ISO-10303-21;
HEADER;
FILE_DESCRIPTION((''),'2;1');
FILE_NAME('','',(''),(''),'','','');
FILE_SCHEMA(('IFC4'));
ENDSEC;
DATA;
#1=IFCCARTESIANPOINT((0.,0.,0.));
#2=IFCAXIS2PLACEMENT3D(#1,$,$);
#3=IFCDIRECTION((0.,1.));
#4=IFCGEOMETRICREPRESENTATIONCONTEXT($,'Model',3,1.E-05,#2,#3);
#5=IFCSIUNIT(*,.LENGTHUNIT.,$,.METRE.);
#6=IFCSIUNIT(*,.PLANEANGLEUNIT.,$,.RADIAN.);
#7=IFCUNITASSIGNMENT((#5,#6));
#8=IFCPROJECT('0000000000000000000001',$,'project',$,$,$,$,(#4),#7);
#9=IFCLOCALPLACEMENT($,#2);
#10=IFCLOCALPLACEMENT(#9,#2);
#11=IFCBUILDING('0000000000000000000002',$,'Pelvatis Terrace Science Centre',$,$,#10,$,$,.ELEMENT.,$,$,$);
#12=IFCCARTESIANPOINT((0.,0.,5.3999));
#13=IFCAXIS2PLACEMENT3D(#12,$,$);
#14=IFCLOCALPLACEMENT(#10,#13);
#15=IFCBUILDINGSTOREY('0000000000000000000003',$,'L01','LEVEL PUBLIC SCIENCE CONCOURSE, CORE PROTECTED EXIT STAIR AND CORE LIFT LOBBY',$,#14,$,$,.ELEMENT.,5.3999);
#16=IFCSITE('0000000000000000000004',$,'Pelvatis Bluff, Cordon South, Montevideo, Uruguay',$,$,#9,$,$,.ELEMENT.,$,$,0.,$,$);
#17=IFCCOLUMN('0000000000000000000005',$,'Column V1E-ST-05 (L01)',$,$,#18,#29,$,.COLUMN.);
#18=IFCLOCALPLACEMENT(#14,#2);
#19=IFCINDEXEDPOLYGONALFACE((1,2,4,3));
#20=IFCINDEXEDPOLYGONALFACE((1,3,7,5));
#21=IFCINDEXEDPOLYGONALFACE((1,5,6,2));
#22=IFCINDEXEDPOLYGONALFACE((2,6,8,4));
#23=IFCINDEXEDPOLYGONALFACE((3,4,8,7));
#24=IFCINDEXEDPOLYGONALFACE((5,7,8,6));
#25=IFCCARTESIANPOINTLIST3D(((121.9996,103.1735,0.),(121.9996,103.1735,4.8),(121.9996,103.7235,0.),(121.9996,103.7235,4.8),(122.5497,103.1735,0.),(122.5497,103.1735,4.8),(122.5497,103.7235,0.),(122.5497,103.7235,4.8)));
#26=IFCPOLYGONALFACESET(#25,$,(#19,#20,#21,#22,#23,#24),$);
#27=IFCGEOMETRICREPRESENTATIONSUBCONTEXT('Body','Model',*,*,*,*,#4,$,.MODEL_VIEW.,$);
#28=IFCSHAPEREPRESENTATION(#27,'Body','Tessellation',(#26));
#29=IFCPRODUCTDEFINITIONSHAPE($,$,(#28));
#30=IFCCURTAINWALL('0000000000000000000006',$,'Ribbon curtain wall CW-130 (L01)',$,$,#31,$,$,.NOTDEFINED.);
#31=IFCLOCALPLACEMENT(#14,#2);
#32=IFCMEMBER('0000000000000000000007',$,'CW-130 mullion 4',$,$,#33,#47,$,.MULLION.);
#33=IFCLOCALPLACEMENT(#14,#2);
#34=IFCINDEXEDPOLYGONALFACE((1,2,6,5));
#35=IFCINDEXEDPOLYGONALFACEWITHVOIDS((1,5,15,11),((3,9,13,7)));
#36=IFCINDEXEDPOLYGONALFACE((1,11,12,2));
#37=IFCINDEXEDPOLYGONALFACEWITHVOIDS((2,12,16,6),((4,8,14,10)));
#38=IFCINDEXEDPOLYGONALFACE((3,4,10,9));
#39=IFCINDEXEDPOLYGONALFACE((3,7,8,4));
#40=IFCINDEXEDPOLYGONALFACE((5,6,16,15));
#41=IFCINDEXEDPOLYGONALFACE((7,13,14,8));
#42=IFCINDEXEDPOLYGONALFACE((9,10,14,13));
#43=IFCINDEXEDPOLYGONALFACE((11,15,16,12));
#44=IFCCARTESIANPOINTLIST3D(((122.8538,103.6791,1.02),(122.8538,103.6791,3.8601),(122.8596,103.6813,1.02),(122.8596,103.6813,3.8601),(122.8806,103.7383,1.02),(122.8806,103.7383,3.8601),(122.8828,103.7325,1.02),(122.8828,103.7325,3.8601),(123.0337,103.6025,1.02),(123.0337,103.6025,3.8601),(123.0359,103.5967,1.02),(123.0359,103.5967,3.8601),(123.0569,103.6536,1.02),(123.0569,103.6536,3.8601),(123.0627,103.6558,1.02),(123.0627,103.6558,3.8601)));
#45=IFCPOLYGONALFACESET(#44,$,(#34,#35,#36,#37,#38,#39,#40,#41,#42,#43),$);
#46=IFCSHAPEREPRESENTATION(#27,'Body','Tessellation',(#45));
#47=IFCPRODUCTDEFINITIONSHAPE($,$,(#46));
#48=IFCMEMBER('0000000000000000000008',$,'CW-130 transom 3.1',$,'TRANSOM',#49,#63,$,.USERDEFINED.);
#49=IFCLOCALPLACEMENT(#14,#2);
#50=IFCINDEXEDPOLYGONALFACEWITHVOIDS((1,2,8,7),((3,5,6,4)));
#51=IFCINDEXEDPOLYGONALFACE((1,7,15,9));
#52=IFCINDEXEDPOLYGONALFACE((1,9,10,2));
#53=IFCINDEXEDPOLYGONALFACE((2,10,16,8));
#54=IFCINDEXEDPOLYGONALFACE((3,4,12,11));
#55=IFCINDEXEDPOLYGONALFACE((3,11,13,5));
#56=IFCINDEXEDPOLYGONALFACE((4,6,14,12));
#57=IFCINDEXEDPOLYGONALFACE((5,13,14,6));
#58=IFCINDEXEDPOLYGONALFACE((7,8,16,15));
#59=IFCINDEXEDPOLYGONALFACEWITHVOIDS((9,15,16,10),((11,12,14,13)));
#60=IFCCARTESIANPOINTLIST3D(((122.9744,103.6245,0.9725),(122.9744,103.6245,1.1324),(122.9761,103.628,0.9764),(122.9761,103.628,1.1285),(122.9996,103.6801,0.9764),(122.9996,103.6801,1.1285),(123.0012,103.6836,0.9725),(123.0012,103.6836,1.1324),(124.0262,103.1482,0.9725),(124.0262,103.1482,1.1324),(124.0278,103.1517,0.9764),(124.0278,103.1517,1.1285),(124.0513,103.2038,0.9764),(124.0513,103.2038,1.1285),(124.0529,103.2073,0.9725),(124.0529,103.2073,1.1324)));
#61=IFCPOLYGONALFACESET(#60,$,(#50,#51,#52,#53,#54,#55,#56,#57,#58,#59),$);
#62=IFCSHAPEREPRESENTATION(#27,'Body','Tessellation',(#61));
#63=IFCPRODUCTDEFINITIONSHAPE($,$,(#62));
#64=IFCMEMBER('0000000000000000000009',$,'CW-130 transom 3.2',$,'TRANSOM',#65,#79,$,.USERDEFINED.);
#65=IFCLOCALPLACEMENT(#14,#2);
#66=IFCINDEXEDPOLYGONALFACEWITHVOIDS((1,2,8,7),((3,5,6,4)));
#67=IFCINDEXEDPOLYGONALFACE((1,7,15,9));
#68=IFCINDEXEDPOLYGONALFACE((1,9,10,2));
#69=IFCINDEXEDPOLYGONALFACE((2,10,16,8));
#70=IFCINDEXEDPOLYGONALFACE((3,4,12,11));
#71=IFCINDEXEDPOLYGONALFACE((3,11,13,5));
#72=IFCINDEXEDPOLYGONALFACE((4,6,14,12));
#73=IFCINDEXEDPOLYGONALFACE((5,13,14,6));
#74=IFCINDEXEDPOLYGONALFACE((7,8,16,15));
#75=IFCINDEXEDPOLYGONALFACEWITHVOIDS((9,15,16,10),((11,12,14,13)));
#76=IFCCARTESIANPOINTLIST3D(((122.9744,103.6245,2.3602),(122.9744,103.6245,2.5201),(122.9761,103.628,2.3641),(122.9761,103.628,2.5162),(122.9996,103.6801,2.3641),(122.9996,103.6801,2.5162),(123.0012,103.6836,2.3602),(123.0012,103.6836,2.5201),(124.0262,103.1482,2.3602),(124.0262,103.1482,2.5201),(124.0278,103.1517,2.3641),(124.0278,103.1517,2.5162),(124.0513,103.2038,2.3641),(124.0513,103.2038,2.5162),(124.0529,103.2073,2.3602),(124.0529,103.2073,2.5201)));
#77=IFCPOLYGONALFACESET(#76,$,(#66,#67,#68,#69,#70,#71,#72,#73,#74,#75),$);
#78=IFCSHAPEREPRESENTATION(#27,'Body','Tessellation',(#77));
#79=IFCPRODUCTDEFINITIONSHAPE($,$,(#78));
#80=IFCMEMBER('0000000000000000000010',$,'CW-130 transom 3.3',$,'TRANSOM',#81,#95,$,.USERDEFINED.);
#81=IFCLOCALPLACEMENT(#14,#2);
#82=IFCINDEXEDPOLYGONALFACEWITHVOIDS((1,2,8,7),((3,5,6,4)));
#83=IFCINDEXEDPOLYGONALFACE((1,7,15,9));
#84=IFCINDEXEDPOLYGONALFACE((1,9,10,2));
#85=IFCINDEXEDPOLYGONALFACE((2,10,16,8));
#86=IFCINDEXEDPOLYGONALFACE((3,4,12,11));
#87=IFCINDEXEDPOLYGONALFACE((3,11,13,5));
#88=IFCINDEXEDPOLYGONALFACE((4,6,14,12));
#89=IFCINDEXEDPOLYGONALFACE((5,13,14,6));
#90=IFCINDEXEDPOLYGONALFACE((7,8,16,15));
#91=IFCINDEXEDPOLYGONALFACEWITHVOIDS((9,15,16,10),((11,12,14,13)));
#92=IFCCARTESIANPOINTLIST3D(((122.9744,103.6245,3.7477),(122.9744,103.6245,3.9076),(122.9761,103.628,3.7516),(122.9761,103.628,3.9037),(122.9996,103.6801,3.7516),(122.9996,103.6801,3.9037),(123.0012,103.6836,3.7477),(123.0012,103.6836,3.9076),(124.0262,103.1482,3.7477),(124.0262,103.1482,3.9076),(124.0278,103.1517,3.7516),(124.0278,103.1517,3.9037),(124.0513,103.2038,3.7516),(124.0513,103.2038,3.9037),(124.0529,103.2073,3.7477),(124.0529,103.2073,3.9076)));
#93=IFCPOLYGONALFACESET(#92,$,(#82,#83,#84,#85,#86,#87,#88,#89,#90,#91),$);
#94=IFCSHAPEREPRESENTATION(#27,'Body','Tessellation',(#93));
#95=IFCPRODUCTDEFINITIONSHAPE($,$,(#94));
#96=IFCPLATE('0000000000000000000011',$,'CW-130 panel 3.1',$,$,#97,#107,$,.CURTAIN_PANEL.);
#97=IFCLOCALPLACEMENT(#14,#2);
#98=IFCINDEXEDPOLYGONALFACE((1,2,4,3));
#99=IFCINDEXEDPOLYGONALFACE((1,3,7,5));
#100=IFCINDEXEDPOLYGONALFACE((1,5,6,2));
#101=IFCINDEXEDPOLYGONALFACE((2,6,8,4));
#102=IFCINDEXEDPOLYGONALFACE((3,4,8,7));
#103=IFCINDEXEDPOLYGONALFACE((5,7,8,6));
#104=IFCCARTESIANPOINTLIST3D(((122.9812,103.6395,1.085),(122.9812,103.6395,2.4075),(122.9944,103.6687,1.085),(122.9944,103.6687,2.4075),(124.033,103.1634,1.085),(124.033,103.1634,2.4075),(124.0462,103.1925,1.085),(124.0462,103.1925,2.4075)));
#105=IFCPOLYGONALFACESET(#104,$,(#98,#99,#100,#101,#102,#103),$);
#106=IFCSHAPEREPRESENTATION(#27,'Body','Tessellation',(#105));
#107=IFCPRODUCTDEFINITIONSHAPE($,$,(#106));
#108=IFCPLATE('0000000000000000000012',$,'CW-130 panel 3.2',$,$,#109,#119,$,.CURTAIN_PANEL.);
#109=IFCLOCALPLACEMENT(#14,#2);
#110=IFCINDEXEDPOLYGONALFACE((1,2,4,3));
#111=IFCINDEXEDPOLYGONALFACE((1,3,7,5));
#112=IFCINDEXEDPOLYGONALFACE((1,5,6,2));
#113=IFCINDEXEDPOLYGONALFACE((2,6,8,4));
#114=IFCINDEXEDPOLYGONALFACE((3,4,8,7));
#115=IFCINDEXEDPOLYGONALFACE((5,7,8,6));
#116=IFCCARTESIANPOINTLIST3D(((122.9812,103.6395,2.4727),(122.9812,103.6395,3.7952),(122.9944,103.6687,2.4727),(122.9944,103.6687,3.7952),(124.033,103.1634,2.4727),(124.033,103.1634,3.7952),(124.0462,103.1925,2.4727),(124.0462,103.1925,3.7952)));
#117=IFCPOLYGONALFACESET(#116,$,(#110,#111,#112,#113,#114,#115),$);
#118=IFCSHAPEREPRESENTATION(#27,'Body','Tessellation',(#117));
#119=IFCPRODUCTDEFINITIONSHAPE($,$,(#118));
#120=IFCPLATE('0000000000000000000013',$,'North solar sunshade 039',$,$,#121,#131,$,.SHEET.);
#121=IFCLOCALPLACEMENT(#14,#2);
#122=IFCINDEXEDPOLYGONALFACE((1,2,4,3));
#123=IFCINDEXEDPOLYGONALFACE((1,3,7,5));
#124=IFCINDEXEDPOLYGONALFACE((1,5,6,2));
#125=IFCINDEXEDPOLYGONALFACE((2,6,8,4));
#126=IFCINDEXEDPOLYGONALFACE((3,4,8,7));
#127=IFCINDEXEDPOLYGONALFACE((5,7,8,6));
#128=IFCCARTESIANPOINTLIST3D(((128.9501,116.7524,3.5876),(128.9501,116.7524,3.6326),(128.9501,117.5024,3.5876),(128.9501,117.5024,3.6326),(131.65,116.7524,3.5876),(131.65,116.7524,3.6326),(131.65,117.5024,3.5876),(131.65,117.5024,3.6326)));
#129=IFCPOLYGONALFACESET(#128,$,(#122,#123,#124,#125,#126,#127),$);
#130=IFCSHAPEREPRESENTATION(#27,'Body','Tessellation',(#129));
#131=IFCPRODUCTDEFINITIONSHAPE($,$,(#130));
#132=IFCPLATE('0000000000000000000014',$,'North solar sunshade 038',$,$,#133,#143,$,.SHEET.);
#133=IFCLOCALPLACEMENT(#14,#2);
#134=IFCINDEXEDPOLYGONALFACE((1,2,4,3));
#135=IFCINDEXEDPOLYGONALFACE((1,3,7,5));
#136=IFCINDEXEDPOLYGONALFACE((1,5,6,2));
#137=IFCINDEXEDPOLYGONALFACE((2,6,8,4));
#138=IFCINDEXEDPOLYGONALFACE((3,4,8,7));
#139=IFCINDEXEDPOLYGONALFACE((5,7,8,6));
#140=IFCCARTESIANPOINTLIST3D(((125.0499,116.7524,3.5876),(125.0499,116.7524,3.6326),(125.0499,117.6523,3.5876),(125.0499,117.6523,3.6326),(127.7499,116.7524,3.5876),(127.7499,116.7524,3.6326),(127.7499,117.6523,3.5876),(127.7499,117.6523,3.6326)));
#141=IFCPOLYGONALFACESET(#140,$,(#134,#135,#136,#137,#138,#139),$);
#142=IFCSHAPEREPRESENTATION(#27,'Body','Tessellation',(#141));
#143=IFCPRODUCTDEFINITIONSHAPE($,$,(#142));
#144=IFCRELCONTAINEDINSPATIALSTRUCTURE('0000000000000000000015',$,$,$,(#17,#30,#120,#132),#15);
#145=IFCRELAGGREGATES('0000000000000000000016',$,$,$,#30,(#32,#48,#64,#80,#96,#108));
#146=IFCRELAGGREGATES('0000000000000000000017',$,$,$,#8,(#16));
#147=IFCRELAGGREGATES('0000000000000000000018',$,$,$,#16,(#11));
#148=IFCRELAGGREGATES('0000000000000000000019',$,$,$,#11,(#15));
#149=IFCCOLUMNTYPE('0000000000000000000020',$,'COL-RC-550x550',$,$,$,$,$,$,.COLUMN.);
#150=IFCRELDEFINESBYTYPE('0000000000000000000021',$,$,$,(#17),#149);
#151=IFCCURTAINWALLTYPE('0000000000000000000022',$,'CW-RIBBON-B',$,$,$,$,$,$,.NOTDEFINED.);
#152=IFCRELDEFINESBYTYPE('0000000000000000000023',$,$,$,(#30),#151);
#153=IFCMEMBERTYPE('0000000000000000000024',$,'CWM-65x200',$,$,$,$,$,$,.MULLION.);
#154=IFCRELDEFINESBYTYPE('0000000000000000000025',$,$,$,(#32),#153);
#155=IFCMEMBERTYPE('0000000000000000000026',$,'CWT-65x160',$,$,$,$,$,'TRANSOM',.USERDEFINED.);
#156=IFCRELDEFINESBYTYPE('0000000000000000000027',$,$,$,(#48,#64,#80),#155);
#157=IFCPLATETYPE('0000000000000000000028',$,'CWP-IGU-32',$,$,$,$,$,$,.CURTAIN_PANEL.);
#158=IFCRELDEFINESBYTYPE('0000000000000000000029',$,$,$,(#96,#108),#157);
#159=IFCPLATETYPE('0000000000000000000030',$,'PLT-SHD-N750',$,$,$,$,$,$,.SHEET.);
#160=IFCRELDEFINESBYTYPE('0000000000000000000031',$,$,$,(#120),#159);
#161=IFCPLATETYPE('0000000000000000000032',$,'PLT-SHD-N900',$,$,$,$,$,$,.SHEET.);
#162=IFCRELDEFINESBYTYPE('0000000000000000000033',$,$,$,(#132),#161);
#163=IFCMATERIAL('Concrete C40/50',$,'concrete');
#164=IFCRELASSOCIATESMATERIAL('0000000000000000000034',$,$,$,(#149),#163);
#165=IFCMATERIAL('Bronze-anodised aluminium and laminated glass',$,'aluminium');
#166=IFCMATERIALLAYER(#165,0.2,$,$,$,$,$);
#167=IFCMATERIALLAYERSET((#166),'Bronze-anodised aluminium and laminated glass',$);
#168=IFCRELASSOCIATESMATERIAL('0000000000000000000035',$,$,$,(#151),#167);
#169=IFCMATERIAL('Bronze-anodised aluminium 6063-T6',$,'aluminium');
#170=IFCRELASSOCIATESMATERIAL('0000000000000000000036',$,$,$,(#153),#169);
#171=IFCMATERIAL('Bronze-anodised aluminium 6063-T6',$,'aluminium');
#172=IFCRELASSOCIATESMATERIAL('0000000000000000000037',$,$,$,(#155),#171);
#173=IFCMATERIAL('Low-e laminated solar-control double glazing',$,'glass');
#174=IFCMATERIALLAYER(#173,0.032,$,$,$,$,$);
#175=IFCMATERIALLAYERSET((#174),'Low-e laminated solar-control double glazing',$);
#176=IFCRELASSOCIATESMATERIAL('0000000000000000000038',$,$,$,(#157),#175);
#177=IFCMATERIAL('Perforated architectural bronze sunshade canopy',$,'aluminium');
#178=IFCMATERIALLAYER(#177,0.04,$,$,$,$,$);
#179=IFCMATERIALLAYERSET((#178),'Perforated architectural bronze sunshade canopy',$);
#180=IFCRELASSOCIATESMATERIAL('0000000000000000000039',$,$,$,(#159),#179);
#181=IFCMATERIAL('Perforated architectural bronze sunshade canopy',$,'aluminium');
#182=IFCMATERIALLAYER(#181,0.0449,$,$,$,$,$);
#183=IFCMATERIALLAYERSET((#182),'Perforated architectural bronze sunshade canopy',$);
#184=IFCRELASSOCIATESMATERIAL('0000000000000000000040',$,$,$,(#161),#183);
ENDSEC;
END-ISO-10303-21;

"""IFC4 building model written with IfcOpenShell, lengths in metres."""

from ifc_helpers import new_model, si_unit, direction, frame, origin, origin_2d, place, context, subcontext, project, spatial, rectangle, hollow_rectangle, extrude, material, layer, layer_set, material_profile, profile_set, type_object, element, aggregate, save


model = new_model("IFC4")

# Units and contexts
model_context = context("Model", 3, precision=1e-05, world=origin(), true_north=direction((0.0, 1.0)))
body_context = subcontext(model_context, "Body", "Model", "MODEL_VIEW")
ifc_project = project(units=[si_unit("LENGTHUNIT", "METRE"), si_unit("PLANEANGLEUNIT", "RADIAN")], contexts=[model_context])

# Site, building, storey
site_placement = place(None, origin())
site = spatial("IfcSite", under=ifc_project, at=site_placement, Name="Pelvatis Bluff, Cordon South, Montevideo, Uruguay", CompositionType="ELEMENT", RefElevation=0.0)
building_placement = place(site_placement, origin())
building = spatial("IfcBuilding", under=site, at=building_placement, Name="Pelvatis Terrace Science Centre", CompositionType="ELEMENT")
storey_placement = place(building_placement, frame((0.0, 0.0, 5.3999)))
storey = spatial("IfcBuildingStorey", under=building, at=storey_placement, Name="L01", Description="LEVEL PUBLIC SCIENCE CONCOURSE, CORE PROTECTED EXIT STAIR AND CORE LIFT LOBBY", CompositionType="ELEMENT", Elevation=5.3999)

# Column
ifc_material_1 = material(Name="Concrete C40/50", Category="concrete")
ifc_material_profile_1 = material_profile(ifc_material_1, rectangle(XDim=0.55, YDim=0.55, at=origin_2d()), Name="RC-COL 550x550")
ifc_profile_set_1 = profile_set([ifc_material_profile_1], Name="Concrete C40/50")
column_type = type_object("IfcColumnType", Name="COL-RC-550x550", PredefinedType="COLUMN", material=ifc_profile_set_1)
column_placement = place(storey_placement, frame((122.2747, 103.4485, 0.0), z_axis=(0.0, 0.0, 1.0), x_axis=(1.0, 0.0, 0.0)))
element("IfcColumn", 1, at=column_placement, inside=storey, type_object=column_type, Name="Column V1E-ST-05 (L01)", PredefinedType="COLUMN", context=body_context, shape_type="SweptSolid", body=[
    extrude(rectangle(XDim=0.55, YDim=0.55, at=origin_2d()), origin(), (0.0, 0.0, 1.0), 4.8),
])

# Curtain wall, members, plates
ifc_material_2 = material(Name="Bronze-anodised aluminium and laminated glass", Category="aluminium")
ifc_layer_1 = layer(ifc_material_2, 0.2)
ifc_layer_set_1 = layer_set([ifc_layer_1], Name="Bronze-anodised aluminium and laminated glass")
curtain_wall_type = type_object("IfcCurtainWallType", Name="CW-RIBBON-B", PredefinedType="NOTDEFINED", material=ifc_layer_set_1)
curtain_wall_placement = place(storey_placement, origin())
curtain_wall = element("IfcCurtainWall", 2, at=curtain_wall_placement, inside=storey, type_object=curtain_wall_type, Name="Ribbon curtain wall CW-130 (L01)", PredefinedType="NOTDEFINED")
ifc_material_3 = material(Name="Bronze-anodised aluminium 6063-T6", Category="aluminium")
ifc_material_profile_2 = material_profile(ifc_material_3, hollow_rectangle(XDim=0.0649, YDim=0.2, WallThickness=0.0044, at=origin_2d()), Name="ALU-MUL 65x200")
ifc_profile_set_2 = profile_set([ifc_material_profile_2], Name="Bronze-anodised aluminium 6063-T6")
member_type_1 = type_object("IfcMemberType", Name="CWM-65x200", PredefinedType="MULLION", material=ifc_profile_set_2)
member_1_placement = place(storey_placement, frame((122.9583, 103.6675, 1.02), z_axis=(0.0, 0.0, 1.0), x_axis=(-0.41243, -0.910989, 0.0)))
member_1 = element("IfcMember", 3, at=member_1_placement, type_object=member_type_1, Name="CW-130 mullion 4", PredefinedType="MULLION", context=body_context, shape_type="SweptSolid", body=[
    extrude(hollow_rectangle(XDim=0.0649, YDim=0.2, WallThickness=0.0044, at=origin_2d()), origin(), (0.0, 0.0, 1.0), 2.8401),
])
ifc_material_4 = material(Name="Bronze-anodised aluminium 6063-T6", Category="aluminium")
ifc_material_profile_3 = material_profile(ifc_material_4, hollow_rectangle(XDim=0.0649, YDim=0.1599, WallThickness=0.0039, at=origin_2d()), Name="ALU-TRN 65x160")
ifc_profile_set_3 = profile_set([ifc_material_profile_3], Name="Bronze-anodised aluminium 6063-T6")
member_type_2 = type_object("IfcMemberType", Name="CWT-65x160", ElementType="TRANSOM", PredefinedType="USERDEFINED", material=ifc_profile_set_3)
member_2_placement = place(storey_placement, frame((124.0396, 103.1777, 1.0525), z_axis=(-0.910938, 0.412544, 0.0), x_axis=(-0.412544, -0.910938, 0.0)))
member_2 = element("IfcMember", 4, at=member_2_placement, type_object=member_type_2, Name="CW-130 transom 3.1", ObjectType="TRANSOM", PredefinedType="USERDEFINED", context=body_context, shape_type="SweptSolid", body=[
    extrude(hollow_rectangle(XDim=0.0649, YDim=0.1599, WallThickness=0.0039, at=origin_2d()), origin(), (0.0, 0.0, 1.0), 1.1545),
])
member_3_placement = place(storey_placement, frame((124.0396, 103.1777, 2.4402), z_axis=(-0.910938, 0.412544, 0.0), x_axis=(-0.412544, -0.910938, 0.0)))
member_3 = element("IfcMember", 5, at=member_3_placement, type_object=member_type_2, Name="CW-130 transom 3.2", ObjectType="TRANSOM", PredefinedType="USERDEFINED", context=body_context, shape_type="SweptSolid", body=[
    extrude(hollow_rectangle(XDim=0.0649, YDim=0.1599, WallThickness=0.0039, at=origin_2d()), origin(), (0.0, 0.0, 1.0), 1.1545),
])
member_4_placement = place(storey_placement, frame((124.0396, 103.1777, 3.8276), z_axis=(-0.910938, 0.412544, 0.0), x_axis=(-0.412544, -0.910938, 0.0)))
member_4 = element("IfcMember", 6, at=member_4_placement, type_object=member_type_2, Name="CW-130 transom 3.3", ObjectType="TRANSOM", PredefinedType="USERDEFINED", context=body_context, shape_type="SweptSolid", body=[
    extrude(hollow_rectangle(XDim=0.0649, YDim=0.1599, WallThickness=0.0039, at=origin_2d()), origin(), (0.0, 0.0, 1.0), 1.1545),
])
ifc_material_5 = material(Name="Low-e laminated solar-control double glazing", Category="glass")
ifc_layer_2 = layer(ifc_material_5, 0.032)
ifc_layer_set_2 = layer_set([ifc_layer_2], Name="Low-e laminated solar-control double glazing")
plate_type_1 = type_object("IfcPlateType", Name="CWP-IGU-32", PredefinedType="CURTAIN_PANEL", material=ifc_layer_set_2)
plate_1_placement = place(storey_placement, frame((123.5137, 103.416, 1.085), z_axis=(0.0, 0.0, 1.0), x_axis=(-0.910989, 0.41243, 0.0)))
plate_1 = element("IfcPlate", 7, at=plate_1_placement, type_object=plate_type_1, Name="CW-130 panel 3.1", PredefinedType="CURTAIN_PANEL", context=body_context, shape_type="SweptSolid", body=[
    extrude(rectangle(XDim=1.1545, YDim=0.032, at=origin_2d()), origin(), (0.0, 0.0, 1.0), 1.3225),
])
plate_2_placement = place(storey_placement, frame((123.5137, 103.416, 2.4727), z_axis=(0.0, 0.0, 1.0), x_axis=(-0.910989, 0.41243, 0.0)))
plate_2 = element("IfcPlate", 8, at=plate_2_placement, type_object=plate_type_1, Name="CW-130 panel 3.2", PredefinedType="CURTAIN_PANEL", context=body_context, shape_type="SweptSolid", body=[
    extrude(rectangle(XDim=1.1545, YDim=0.032, at=origin_2d()), origin(), (0.0, 0.0, 1.0), 1.3225),
])
aggregate(curtain_wall, [member_1, member_2, member_3, member_4, plate_1, plate_2])

# Plates
ifc_material_6 = material(Name="Perforated architectural bronze sunshade canopy", Category="aluminium")
ifc_layer_3 = layer(ifc_material_6, 0.04)
ifc_layer_set_3 = layer_set([ifc_layer_3], Name="Perforated architectural bronze sunshade canopy")
plate_type_2 = type_object("IfcPlateType", Name="PLT-SHD-N750", PredefinedType="SHEET", material=ifc_layer_set_3)
plate_3_placement = place(storey_placement, frame((130.3, 117.1274, 3.5876), z_axis=(0.0, 0.0, 1.0), x_axis=(1.0, 0.0, 0.0)))
element("IfcPlate", 9, at=plate_3_placement, inside=storey, type_object=plate_type_2, Name="North solar sunshade 039", PredefinedType="SHEET", context=body_context, shape_type="SweptSolid", body=[
    extrude(rectangle(XDim=2.7, YDim=0.75, at=origin_2d()), origin(), (0.0, 0.0, 1.0), 0.0449),
])
ifc_material_7 = material(Name="Perforated architectural bronze sunshade canopy", Category="aluminium")
ifc_layer_4 = layer(ifc_material_7, 0.0449)
ifc_layer_set_4 = layer_set([ifc_layer_4], Name="Perforated architectural bronze sunshade canopy")
plate_type_3 = type_object("IfcPlateType", Name="PLT-SHD-N900", PredefinedType="SHEET", material=ifc_layer_set_4)
plate_4_placement = place(storey_placement, frame((126.3999, 117.2024, 3.5876), z_axis=(0.0, 0.0, 1.0), x_axis=(1.0, 0.0, 0.0)))
element("IfcPlate", 10, at=plate_4_placement, inside=storey, type_object=plate_type_3, Name="North solar sunshade 038", PredefinedType="SHEET", context=body_context, shape_type="SweptSolid", body=[
    extrude(rectangle(XDim=2.7, YDim=0.8999, at=origin_2d()), origin(), (0.0, 0.0, 1.0), 0.0449),
])

save(model, "model.ifc")
